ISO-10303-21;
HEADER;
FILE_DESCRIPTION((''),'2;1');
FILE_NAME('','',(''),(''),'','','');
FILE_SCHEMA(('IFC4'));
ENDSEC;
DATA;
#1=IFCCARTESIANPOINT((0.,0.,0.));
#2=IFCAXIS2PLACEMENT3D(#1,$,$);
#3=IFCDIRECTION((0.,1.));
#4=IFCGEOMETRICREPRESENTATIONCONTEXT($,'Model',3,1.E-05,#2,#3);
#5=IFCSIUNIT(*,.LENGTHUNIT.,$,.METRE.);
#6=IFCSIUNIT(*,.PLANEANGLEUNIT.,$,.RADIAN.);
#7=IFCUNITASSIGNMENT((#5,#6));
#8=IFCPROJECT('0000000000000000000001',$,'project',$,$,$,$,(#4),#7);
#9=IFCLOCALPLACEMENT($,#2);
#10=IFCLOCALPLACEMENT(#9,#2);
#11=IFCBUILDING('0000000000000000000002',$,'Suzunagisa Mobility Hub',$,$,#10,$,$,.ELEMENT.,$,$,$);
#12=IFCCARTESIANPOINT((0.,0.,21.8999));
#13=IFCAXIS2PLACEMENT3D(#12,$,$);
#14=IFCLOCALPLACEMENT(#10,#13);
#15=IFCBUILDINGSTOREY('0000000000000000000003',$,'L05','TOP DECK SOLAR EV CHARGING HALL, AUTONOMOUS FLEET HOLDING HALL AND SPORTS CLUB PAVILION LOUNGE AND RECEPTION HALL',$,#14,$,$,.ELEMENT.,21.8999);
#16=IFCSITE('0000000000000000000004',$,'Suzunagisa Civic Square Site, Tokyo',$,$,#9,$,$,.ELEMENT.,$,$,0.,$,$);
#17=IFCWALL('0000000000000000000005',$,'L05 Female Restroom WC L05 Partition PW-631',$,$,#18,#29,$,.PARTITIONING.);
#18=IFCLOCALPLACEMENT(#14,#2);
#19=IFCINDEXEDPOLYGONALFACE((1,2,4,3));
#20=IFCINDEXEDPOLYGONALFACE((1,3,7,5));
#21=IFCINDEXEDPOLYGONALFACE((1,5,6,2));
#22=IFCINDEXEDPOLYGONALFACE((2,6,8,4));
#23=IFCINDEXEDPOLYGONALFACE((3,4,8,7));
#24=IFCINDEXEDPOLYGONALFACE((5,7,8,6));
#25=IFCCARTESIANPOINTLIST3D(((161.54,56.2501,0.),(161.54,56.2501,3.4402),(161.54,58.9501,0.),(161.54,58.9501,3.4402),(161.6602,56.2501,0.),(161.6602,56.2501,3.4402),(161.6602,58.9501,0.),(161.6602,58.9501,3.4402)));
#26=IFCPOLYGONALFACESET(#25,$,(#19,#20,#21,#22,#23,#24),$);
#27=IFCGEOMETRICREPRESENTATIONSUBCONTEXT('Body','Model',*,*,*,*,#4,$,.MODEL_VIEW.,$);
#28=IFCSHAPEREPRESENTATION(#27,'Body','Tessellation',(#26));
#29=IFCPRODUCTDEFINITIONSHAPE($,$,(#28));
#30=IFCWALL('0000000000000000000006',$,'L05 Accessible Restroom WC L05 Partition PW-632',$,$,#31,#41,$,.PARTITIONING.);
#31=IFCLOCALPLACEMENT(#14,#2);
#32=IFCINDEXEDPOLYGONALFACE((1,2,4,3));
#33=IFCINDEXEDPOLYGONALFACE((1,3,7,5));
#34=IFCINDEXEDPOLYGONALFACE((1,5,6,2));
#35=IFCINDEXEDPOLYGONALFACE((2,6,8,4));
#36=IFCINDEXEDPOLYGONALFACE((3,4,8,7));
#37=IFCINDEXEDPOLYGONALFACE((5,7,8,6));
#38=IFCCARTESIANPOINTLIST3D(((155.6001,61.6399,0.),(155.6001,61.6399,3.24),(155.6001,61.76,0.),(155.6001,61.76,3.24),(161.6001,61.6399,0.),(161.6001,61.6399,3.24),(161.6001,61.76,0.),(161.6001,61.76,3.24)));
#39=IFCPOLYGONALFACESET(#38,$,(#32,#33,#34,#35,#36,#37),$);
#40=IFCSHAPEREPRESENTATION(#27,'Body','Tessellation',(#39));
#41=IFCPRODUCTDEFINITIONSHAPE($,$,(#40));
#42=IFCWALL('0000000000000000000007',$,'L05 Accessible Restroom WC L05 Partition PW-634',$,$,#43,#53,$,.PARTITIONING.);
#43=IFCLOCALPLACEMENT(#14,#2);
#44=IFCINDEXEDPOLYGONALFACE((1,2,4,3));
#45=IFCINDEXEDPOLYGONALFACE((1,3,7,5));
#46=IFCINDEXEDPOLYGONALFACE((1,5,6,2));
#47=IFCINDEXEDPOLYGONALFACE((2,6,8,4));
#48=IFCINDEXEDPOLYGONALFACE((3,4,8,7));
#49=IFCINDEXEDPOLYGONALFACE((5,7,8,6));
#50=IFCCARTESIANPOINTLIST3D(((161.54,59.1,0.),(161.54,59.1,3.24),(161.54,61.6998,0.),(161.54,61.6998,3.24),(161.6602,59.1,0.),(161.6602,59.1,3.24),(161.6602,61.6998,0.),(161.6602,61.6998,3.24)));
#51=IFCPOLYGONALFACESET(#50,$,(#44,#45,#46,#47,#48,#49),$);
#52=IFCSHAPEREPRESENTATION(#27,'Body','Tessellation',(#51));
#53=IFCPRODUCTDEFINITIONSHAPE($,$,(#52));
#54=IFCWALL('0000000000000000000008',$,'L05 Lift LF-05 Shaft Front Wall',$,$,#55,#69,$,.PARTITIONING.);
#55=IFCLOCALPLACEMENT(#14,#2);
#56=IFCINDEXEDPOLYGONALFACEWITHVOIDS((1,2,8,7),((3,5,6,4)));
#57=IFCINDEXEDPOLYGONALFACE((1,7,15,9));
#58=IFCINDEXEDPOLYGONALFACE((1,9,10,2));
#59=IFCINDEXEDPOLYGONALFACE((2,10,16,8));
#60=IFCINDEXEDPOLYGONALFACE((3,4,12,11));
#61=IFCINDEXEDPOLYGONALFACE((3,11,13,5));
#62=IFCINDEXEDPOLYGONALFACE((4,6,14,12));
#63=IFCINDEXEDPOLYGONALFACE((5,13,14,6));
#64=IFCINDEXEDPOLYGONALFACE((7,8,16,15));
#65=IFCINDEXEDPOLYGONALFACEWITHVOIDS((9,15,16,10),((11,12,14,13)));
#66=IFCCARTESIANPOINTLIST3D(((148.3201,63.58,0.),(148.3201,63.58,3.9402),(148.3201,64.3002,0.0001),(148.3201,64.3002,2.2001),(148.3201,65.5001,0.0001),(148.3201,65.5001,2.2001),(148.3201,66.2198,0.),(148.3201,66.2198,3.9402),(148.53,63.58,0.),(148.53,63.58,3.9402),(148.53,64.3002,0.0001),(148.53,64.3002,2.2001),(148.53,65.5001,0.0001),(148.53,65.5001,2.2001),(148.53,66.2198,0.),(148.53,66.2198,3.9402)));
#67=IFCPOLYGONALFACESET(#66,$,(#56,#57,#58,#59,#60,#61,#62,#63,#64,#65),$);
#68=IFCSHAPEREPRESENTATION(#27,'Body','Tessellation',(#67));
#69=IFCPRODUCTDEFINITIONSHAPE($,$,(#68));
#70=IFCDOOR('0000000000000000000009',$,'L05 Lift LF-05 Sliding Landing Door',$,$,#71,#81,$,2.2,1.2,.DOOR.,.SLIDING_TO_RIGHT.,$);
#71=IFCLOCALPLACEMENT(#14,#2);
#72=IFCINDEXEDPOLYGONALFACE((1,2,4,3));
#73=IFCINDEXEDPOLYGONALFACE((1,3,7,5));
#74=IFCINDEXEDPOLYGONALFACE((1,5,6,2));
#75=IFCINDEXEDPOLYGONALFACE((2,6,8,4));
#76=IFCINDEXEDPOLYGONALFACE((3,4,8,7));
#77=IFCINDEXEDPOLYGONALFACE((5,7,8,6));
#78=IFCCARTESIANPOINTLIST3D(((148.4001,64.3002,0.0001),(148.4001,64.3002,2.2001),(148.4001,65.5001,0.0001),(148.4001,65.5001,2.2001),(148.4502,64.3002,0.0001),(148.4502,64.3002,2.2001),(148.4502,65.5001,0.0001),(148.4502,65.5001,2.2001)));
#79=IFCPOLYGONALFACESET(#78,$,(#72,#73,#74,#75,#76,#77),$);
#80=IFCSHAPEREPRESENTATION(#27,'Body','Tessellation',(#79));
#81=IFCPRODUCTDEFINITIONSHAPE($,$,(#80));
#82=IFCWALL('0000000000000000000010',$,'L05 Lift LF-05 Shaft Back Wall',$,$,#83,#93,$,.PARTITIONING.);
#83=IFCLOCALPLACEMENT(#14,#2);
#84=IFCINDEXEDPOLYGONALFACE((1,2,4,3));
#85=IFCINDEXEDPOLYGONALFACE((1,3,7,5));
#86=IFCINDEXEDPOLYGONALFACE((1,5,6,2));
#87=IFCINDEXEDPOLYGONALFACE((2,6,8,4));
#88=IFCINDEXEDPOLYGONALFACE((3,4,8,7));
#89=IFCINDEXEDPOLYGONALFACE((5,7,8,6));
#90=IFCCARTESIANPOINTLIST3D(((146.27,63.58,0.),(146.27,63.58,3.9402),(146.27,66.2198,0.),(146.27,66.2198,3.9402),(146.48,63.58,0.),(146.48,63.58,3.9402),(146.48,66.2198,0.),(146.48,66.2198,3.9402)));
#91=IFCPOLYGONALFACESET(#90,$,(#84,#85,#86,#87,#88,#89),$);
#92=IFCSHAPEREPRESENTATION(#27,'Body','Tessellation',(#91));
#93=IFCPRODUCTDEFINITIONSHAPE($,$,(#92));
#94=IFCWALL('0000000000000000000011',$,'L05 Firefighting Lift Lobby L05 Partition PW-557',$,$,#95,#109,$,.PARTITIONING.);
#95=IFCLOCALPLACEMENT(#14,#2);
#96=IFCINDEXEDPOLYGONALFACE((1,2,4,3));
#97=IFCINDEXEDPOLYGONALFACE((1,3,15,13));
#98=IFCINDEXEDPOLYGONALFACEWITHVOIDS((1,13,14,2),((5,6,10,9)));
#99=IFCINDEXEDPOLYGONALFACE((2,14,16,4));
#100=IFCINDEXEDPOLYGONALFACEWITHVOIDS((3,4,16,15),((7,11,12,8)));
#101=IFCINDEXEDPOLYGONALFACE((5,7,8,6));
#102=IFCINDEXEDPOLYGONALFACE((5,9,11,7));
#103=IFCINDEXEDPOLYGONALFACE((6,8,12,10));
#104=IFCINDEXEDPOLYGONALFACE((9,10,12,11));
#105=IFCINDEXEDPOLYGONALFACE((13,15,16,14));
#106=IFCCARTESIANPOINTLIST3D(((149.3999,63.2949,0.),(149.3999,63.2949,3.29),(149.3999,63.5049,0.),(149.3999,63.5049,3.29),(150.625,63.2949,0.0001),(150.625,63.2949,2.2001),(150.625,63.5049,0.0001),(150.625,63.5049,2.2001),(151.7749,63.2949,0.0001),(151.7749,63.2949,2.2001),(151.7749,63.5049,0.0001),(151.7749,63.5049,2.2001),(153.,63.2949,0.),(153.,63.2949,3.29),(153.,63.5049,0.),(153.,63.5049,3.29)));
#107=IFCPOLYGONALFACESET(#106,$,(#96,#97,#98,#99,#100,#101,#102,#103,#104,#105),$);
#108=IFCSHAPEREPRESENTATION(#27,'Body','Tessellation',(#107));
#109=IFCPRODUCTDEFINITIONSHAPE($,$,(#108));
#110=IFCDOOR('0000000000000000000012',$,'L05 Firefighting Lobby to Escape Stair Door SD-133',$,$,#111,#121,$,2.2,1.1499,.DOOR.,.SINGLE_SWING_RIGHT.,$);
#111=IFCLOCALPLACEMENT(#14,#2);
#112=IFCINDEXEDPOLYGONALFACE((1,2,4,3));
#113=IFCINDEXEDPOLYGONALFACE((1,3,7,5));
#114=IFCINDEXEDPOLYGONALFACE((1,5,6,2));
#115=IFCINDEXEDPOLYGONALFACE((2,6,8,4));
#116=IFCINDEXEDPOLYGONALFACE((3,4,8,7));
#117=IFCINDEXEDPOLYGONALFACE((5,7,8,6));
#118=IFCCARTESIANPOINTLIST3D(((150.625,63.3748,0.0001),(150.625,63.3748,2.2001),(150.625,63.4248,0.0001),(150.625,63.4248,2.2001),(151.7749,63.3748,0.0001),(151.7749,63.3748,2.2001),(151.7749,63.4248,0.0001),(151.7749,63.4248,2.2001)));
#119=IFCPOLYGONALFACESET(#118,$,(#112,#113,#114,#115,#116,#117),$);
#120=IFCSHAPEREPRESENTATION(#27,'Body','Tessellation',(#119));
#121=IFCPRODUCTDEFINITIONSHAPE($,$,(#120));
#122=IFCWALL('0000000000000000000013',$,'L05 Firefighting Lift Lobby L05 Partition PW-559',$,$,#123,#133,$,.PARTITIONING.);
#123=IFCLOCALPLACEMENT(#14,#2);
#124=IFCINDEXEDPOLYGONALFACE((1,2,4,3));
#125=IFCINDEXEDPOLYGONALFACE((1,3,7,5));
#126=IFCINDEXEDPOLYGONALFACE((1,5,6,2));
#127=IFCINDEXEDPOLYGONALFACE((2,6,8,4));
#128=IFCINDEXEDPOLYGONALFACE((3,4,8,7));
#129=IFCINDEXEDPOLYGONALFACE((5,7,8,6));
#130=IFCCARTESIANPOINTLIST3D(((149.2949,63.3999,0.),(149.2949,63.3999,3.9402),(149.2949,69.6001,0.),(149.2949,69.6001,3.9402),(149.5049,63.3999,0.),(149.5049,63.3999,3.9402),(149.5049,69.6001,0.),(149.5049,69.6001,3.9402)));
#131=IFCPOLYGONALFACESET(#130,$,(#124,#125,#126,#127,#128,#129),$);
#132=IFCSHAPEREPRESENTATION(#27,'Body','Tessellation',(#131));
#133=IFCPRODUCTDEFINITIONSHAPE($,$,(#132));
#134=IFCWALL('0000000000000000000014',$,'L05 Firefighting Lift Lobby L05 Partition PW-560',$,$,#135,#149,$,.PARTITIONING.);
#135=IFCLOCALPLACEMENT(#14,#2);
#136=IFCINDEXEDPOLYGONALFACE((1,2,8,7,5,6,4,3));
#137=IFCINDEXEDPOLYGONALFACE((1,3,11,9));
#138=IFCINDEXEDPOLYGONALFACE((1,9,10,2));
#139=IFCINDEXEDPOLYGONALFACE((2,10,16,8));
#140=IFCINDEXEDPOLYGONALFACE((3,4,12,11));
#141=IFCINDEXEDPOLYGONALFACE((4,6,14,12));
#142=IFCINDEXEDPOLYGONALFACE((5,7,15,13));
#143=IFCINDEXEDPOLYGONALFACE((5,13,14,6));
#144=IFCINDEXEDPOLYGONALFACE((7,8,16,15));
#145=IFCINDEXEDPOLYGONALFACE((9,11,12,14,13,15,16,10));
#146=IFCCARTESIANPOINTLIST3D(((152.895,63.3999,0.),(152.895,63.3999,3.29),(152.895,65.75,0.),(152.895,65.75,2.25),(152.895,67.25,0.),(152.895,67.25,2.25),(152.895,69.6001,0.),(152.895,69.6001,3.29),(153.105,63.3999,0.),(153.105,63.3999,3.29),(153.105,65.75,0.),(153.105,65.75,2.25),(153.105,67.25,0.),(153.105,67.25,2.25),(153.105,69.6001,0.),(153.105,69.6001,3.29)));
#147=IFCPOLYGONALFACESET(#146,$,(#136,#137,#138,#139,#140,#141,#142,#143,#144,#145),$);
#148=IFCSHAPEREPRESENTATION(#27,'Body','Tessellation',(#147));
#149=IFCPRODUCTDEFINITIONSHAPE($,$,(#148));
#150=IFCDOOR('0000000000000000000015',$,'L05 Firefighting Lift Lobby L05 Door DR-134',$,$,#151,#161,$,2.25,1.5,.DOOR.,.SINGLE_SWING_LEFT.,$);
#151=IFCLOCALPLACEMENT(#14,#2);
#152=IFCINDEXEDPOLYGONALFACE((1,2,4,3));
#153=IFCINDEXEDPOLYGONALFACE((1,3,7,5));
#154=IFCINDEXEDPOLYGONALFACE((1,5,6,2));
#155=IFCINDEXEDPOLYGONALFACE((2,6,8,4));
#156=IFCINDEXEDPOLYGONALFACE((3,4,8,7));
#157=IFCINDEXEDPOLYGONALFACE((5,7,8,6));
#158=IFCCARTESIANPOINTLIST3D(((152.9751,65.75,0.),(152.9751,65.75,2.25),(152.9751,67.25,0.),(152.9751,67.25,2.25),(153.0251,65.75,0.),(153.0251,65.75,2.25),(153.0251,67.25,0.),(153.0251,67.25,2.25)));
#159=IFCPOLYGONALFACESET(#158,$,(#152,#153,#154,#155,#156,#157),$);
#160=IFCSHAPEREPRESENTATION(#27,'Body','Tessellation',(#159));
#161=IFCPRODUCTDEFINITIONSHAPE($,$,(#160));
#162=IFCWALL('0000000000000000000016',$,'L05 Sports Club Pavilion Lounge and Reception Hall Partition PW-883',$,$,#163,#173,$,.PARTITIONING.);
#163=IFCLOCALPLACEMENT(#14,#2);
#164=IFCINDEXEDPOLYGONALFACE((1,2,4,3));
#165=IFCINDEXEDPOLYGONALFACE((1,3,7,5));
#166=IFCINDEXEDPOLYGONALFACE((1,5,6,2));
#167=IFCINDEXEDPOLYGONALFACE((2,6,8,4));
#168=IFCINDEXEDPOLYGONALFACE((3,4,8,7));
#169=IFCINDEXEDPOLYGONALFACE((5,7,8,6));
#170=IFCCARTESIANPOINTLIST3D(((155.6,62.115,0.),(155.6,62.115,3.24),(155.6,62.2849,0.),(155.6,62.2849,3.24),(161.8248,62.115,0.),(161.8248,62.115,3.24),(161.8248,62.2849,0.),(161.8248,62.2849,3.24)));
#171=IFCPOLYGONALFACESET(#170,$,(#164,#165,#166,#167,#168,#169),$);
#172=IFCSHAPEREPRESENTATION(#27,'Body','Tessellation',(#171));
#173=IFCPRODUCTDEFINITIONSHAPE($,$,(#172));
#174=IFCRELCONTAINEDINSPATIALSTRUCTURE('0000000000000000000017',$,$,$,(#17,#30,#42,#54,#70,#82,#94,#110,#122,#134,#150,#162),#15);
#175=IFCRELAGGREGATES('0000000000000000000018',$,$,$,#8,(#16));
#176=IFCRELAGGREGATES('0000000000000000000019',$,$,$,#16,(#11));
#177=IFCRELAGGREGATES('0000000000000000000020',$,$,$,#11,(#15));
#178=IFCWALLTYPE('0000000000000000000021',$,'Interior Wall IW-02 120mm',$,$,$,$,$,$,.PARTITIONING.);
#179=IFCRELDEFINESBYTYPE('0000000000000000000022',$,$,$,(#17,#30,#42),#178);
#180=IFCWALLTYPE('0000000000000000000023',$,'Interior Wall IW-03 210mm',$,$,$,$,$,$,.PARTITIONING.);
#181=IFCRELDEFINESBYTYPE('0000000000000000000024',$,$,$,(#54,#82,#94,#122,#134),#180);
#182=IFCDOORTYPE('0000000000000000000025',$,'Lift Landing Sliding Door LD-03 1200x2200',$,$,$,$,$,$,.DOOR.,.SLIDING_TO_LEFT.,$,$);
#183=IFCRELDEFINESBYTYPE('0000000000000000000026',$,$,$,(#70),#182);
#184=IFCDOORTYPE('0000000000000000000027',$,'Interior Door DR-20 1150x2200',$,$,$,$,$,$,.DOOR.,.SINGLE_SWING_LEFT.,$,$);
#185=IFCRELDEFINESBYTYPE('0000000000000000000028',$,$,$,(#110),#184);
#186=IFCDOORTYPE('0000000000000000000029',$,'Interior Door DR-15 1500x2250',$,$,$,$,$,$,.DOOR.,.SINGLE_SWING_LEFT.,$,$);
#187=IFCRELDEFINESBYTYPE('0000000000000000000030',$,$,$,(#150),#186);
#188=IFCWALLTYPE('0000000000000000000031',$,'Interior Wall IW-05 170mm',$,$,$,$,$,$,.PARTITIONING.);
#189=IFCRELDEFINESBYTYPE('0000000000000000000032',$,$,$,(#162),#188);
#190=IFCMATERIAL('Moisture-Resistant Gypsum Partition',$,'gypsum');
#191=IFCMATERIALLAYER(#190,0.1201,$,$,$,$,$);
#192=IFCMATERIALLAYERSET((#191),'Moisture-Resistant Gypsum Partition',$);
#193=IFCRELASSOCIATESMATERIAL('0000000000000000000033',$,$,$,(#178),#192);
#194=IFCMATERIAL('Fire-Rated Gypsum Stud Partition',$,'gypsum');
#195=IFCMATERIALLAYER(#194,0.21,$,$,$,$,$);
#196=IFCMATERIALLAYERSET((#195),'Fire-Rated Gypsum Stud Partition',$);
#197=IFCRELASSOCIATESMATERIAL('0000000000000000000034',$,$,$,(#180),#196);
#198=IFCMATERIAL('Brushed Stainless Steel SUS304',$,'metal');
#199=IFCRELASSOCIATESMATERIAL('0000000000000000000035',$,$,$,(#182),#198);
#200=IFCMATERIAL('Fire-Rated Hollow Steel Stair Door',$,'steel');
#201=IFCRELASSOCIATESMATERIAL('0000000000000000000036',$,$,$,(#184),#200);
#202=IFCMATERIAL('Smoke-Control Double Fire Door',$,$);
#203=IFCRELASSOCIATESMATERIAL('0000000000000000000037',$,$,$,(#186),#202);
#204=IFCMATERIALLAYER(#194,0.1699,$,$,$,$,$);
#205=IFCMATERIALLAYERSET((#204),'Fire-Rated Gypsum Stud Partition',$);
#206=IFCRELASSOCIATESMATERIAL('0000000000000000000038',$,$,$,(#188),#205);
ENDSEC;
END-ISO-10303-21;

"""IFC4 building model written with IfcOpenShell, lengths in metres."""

from ifc_helpers import new_model, si_unit, direction, frame, frame_2d, origin, place, context, subcontext, project, spatial, rectangle, extrude, material, layer, layer_set, type_object, element, fill, save


model = new_model("IFC4")

# Units and contexts
model_context = context("Model", 3, precision=1e-05, world=origin(), true_north=direction((0.0, 1.0)))
body_context = subcontext(model_context, "Body", "Model", "MODEL_VIEW")
ifc_project = project(units=[si_unit("LENGTHUNIT", "METRE"), si_unit("PLANEANGLEUNIT", "RADIAN")], contexts=[model_context])

# Site, building, storey
site_placement = place(None, origin())
site = spatial("IfcSite", under=ifc_project, at=site_placement, Name="Suzunagisa Civic Square Site, Tokyo", CompositionType="ELEMENT", RefElevation=0.0)
building_placement = place(site_placement, origin())
building = spatial("IfcBuilding", under=site, at=building_placement, Name="Suzunagisa Mobility Hub", CompositionType="ELEMENT")
storey_placement = place(building_placement, frame((0.0, 0.0, 21.8999)))
storey = spatial("IfcBuildingStorey", under=building, at=storey_placement, Name="L05", Description="TOP DECK SOLAR EV CHARGING HALL, AUTONOMOUS FLEET HOLDING HALL AND SPORTS CLUB PAVILION LOUNGE AND RECEPTION HALL", CompositionType="ELEMENT", Elevation=21.8999)

# Shared definitions
ifc_material_1 = material(Name="Moisture-Resistant Gypsum Partition", Category="gypsum")
ifc_layer_1 = layer(ifc_material_1, 0.1201)
ifc_layer_set_1 = layer_set([ifc_layer_1], Name="Moisture-Resistant Gypsum Partition")
wall_type_1 = type_object("IfcWallType", Name="Interior Wall IW-02 120mm", PredefinedType="PARTITIONING", material=ifc_layer_set_1)

# Walls
wall_1_placement = place(storey_placement, frame((161.6001, 56.25, 0.0), z_axis=(0.0, 0.0, 1.0), x_axis=(0.0, 1.0, 0.0)))
element("IfcWall", 1, at=wall_1_placement, inside=storey, type_object=wall_type_1, Name="L05 Female Restroom WC L05 Partition PW-631", PredefinedType="PARTITIONING", context=body_context, shape_type="SweptSolid", body=[
    extrude(rectangle(XDim=2.7, YDim=0.1201, at=frame_2d((1.3501, 0.0))), origin(), (0.0, 0.0, 1.0), 3.4402),
])
wall_2_placement = place(storey_placement, frame((155.6001, 61.7, 0.0), z_axis=(0.0, 0.0, 1.0), x_axis=(1.0, 0.0, 0.0)))
element("IfcWall", 2, at=wall_2_placement, inside=storey, type_object=wall_type_1, Name="L05 Accessible Restroom WC L05 Partition PW-632", PredefinedType="PARTITIONING", context=body_context, shape_type="SweptSolid", body=[
    extrude(rectangle(XDim=6.0, YDim=0.1201, at=frame_2d((3.0, 0.0))), origin(), (0.0, 0.0, 1.0), 3.24),
])

# Wall
wall_3_placement = place(storey_placement, frame((161.6001, 59.1001, 0.0), z_axis=(0.0, 0.0, 1.0), x_axis=(0.0, 1.0, 0.0)))
element("IfcWall", 3, at=wall_3_placement, inside=storey, type_object=wall_type_1, Name="L05 Accessible Restroom WC L05 Partition PW-634", PredefinedType="PARTITIONING", context=body_context, shape_type="SweptSolid", body=[
    extrude(rectangle(XDim=2.5999, YDim=0.1201, at=frame_2d((1.2998, 0.0))), origin(), (0.0, 0.0, 1.0), 3.24),
])

# Wall, opening, door
ifc_material_2 = material(Name="Fire-Rated Gypsum Stud Partition", Category="gypsum")
ifc_layer_2 = layer(ifc_material_2, 0.21)
ifc_layer_set_2 = layer_set([ifc_layer_2], Name="Fire-Rated Gypsum Stud Partition")
wall_type_2 = type_object("IfcWallType", Name="Interior Wall IW-03 210mm", PredefinedType="PARTITIONING", material=ifc_layer_set_2)
wall_4_placement = place(storey_placement, frame((148.425, 63.5801, 0.0), z_axis=(0.0, 0.0, 1.0), x_axis=(0.0, 1.0, 0.0)))
wall_4 = element("IfcWall", 4, at=wall_4_placement, inside=storey, type_object=wall_type_2, Name="L05 Lift LF-05 Shaft Front Wall", PredefinedType="PARTITIONING", context=body_context, shape_type="SweptSolid", body=[
    extrude(rectangle(XDim=2.6399, YDim=0.21, at=frame_2d((1.3198, 0.0))), origin(), (0.0, 0.0, 1.0), 3.9402),
])
opening_1_placement = place(wall_4_placement, frame((0.72, 0.0, 0.0)))
opening_1 = element("IfcOpeningElement", 5, at=opening_1_placement, cuts=wall_4, PredefinedType="OPENING", context=body_context, shape_type="SweptSolid", body=[
    extrude(rectangle(XDim=1.2, YDim=2.2, at=frame_2d((0.6001, 1.1001))), frame((0.0, 0.116, 0.0), z_axis=(0.0, -1.0, 0.0), x_axis=(1.0, 0.0, 0.0)), (0.0, 0.0, 1.0), 0.2319),
])
ifc_material_3 = material(Name="Brushed Stainless Steel SUS304", Category="metal")
door_type_1 = type_object("IfcDoorType", Name="Lift Landing Sliding Door LD-03 1200x2200", OperationType="SLIDING_TO_LEFT", PredefinedType="DOOR", material=ifc_material_3)
door_1_placement = place(opening_1_placement, origin())
door_1 = element("IfcDoor", 6, at=door_1_placement, inside=storey, type_object=door_type_1, Name="L05 Lift LF-05 Sliding Landing Door", OperationType="SLIDING_TO_RIGHT", OverallHeight=2.2, OverallWidth=1.2, PredefinedType="DOOR", context=body_context, shape_type="SweptSolid", body=[
    extrude(rectangle(XDim=1.2, YDim=2.2, at=frame_2d((0.6001, 1.1001))), frame((0.0, 0.0249, 0.0), z_axis=(0.0, -1.0, 0.0), x_axis=(1.0, 0.0, 0.0)), (0.0, 0.0, 1.0), 0.05),
])
fill(opening_1, door_1)

# Wall
wall_5_placement = place(storey_placement, frame((146.375, 63.5801, 0.0), z_axis=(0.0, 0.0, 1.0), x_axis=(0.0, 1.0, 0.0)))
element("IfcWall", 7, at=wall_5_placement, inside=storey, type_object=wall_type_2, Name="L05 Lift LF-05 Shaft Back Wall", PredefinedType="PARTITIONING", context=body_context, shape_type="SweptSolid", body=[
    extrude(rectangle(XDim=2.6399, YDim=0.21, at=frame_2d((1.3198, 0.0))), origin(), (0.0, 0.0, 1.0), 3.9402),
])

# Wall, opening, door
wall_6_placement = place(storey_placement, frame((149.3999, 63.3999, 0.0), z_axis=(0.0, 0.0, 1.0), x_axis=(1.0, 0.0, 0.0)))
wall_6 = element("IfcWall", 8, at=wall_6_placement, inside=storey, type_object=wall_type_2, Name="L05 Firefighting Lift Lobby L05 Partition PW-557", PredefinedType="PARTITIONING", context=body_context, shape_type="SweptSolid", body=[
    extrude(rectangle(XDim=3.6001, YDim=0.21, at=frame_2d((1.8, 0.0))), origin(), (0.0, 0.0, 1.0), 3.29),
])
opening_2_placement = place(wall_6_placement, frame((1.2251, 0.0, 0.0)))
opening_2 = element("IfcOpeningElement", 9, at=opening_2_placement, cuts=wall_6, PredefinedType="OPENING", context=body_context, shape_type="SweptSolid", body=[
    extrude(rectangle(XDim=1.1499, YDim=2.2, at=frame_2d((0.575, 1.1001))), frame((0.0, 0.116, 0.0), z_axis=(0.0, -1.0, 0.0), x_axis=(1.0, 0.0, 0.0)), (0.0, 0.0, 1.0), 0.2319),
])
ifc_material_4 = material(Name="Fire-Rated Hollow Steel Stair Door", Category="steel")
door_type_2 = type_object("IfcDoorType", Name="Interior Door DR-20 1150x2200", OperationType="SINGLE_SWING_LEFT", PredefinedType="DOOR", material=ifc_material_4)
door_2_placement = place(opening_2_placement, origin())
door_2 = element("IfcDoor", 10, at=door_2_placement, inside=storey, type_object=door_type_2, Name="L05 Firefighting Lobby to Escape Stair Door SD-133", OperationType="SINGLE_SWING_RIGHT", OverallHeight=2.2, OverallWidth=1.1499, PredefinedType="DOOR", context=body_context, shape_type="SweptSolid", body=[
    extrude(rectangle(XDim=1.1499, YDim=2.2, at=frame_2d((0.575, 1.1001))), frame((0.0, 0.0249, 0.0), z_axis=(0.0, -1.0, 0.0), x_axis=(1.0, 0.0, 0.0)), (0.0, 0.0, 1.0), 0.05),
])
fill(opening_2, door_2)

# Wall
wall_7_placement = place(storey_placement, frame((149.3999, 63.3999, 0.0), z_axis=(0.0, 0.0, 1.0), x_axis=(0.0, 1.0, 0.0)))
element("IfcWall", 11, at=wall_7_placement, inside=storey, type_object=wall_type_2, Name="L05 Firefighting Lift Lobby L05 Partition PW-559", PredefinedType="PARTITIONING", context=body_context, shape_type="SweptSolid", body=[
    extrude(rectangle(XDim=6.2002, YDim=0.21, at=frame_2d((3.1001, 0.0))), origin(), (0.0, 0.0, 1.0), 3.9402),
])

# Wall, opening, door
wall_8_placement = place(storey_placement, frame((153.0, 63.3999, 0.0), z_axis=(0.0, 0.0, 1.0), x_axis=(0.0, 1.0, 0.0)))
wall_8 = element("IfcWall", 12, at=wall_8_placement, inside=storey, type_object=wall_type_2, Name="L05 Firefighting Lift Lobby L05 Partition PW-560", PredefinedType="PARTITIONING", context=body_context, shape_type="SweptSolid", body=[
    extrude(rectangle(XDim=6.2002, YDim=0.21, at=frame_2d((3.1001, 0.0))), origin(), (0.0, 0.0, 1.0), 3.29),
])
opening_3_placement = place(wall_8_placement, frame((2.3501, 0.0, 0.0)))
opening_3 = element("IfcOpeningElement", 13, at=opening_3_placement, cuts=wall_8, PredefinedType="OPENING", context=body_context, shape_type="SweptSolid", body=[
    extrude(rectangle(XDim=1.5, YDim=2.25, at=frame_2d((0.75, 1.125))), frame((0.0, 0.116, 0.0), z_axis=(0.0, -1.0, 0.0), x_axis=(1.0, 0.0, 0.0)), (0.0, 0.0, 1.0), 0.2319),
])
ifc_material_5 = material(Name="Smoke-Control Double Fire Door")
door_type_3 = type_object("IfcDoorType", Name="Interior Door DR-15 1500x2250", OperationType="SINGLE_SWING_LEFT", PredefinedType="DOOR", material=ifc_material_5)
door_3_placement = place(opening_3_placement, origin())
door_3 = element("IfcDoor", 14, at=door_3_placement, inside=storey, type_object=door_type_3, Name="L05 Firefighting Lift Lobby L05 Door DR-134", OperationType="SINGLE_SWING_LEFT", OverallHeight=2.25, OverallWidth=1.5, PredefinedType="DOOR", context=body_context, shape_type="SweptSolid", body=[
    extrude(rectangle(XDim=1.5, YDim=2.25, at=frame_2d((0.75, 1.125))), frame((0.0, 0.0249, 0.0), z_axis=(0.0, -1.0, 0.0), x_axis=(1.0, 0.0, 0.0)), (0.0, 0.0, 1.0), 0.05),
])
fill(opening_3, door_3)

# Wall
ifc_layer_3 = layer(ifc_material_2, 0.1699)
ifc_layer_set_3 = layer_set([ifc_layer_3], Name="Fire-Rated Gypsum Stud Partition")
wall_type_3 = type_object("IfcWallType", Name="Interior Wall IW-05 170mm", PredefinedType="PARTITIONING", material=ifc_layer_set_3)
wall_9_placement = place(storey_placement, frame((155.6001, 62.2, 0.0), z_axis=(0.0, 0.0, 1.0), x_axis=(1.0, 0.0, 0.0)))
element("IfcWall", 15, at=wall_9_placement, inside=storey, type_object=wall_type_3, Name="L05 Sports Club Pavilion Lounge and Reception Hall Partition PW-883", PredefinedType="PARTITIONING", context=body_context, shape_type="SweptSolid", body=[
    extrude(rectangle(XDim=6.2249, YDim=0.1699, at=frame_2d((3.1123, 0.0))), origin(), (0.0, 0.0, 1.0), 3.24),
])

save(model, "model.ifc")
